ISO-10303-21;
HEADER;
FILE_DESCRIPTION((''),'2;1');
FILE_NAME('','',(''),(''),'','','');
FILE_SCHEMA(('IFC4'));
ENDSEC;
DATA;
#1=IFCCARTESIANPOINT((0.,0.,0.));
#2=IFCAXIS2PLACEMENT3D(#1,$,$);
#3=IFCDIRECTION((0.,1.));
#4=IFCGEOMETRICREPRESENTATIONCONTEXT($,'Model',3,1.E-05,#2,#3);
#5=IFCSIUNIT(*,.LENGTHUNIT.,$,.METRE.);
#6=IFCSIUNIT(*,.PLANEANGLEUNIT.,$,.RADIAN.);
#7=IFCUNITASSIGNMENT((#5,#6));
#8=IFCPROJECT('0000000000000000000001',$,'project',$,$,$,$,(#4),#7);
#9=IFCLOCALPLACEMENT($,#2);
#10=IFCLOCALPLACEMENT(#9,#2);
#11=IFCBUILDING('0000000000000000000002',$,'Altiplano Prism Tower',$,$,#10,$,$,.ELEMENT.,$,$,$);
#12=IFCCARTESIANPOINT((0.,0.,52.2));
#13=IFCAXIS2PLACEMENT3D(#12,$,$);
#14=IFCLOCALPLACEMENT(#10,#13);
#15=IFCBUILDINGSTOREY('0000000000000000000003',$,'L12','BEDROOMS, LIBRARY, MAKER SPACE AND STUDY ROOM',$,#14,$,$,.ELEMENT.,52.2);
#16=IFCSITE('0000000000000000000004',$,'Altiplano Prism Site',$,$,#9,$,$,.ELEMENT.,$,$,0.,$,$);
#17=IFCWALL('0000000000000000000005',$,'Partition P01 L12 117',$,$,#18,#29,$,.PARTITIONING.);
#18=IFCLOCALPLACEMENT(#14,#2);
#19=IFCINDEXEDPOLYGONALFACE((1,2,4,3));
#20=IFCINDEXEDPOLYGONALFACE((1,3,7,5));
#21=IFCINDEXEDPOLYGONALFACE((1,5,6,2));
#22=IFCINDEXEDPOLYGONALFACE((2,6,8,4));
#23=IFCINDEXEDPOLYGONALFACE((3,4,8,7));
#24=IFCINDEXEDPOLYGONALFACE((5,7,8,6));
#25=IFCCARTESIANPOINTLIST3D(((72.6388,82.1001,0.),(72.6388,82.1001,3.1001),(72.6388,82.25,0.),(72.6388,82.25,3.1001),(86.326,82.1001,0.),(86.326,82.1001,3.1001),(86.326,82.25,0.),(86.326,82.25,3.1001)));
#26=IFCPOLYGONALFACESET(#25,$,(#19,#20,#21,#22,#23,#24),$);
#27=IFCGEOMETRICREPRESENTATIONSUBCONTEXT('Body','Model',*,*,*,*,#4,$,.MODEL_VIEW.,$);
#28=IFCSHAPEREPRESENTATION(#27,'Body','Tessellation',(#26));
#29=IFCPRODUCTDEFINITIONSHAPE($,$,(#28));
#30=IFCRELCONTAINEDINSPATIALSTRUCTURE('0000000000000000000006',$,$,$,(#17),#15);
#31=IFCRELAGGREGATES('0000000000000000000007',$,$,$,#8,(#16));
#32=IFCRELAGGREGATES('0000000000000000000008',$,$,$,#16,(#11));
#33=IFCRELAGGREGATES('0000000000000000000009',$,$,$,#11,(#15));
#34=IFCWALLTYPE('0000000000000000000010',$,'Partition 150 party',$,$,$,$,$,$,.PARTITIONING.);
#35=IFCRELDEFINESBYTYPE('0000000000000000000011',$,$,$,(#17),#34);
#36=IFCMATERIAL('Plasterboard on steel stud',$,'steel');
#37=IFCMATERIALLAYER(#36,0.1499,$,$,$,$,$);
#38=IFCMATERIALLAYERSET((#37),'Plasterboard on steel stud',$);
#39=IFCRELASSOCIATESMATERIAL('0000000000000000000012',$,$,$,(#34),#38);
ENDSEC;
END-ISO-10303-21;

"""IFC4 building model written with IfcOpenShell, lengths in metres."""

from ifc_helpers import new_model, si_unit, direction, frame, frame_2d, origin, place, context, subcontext, project, spatial, rectangle, extrude, material, layer, layer_set, type_object, element, save


model = new_model("IFC4")

# Units and contexts
model_context = context("Model", 3, precision=1e-05, world=origin(), true_north=direction((0.0, 1.0)))
body_context = subcontext(model_context, "Body", "Model", "MODEL_VIEW")
ifc_project = project(units=[si_unit("LENGTHUNIT", "METRE"), si_unit("PLANEANGLEUNIT", "RADIAN")], contexts=[model_context])

# Site, building, storey
site_placement = place(None, origin())
site = spatial("IfcSite", under=ifc_project, at=site_placement, Name="Altiplano Prism Site", CompositionType="ELEMENT", RefElevation=0.0)
building_placement = place(site_placement, origin())
building = spatial("IfcBuilding", under=site, at=building_placement, Name="Altiplano Prism Tower", CompositionType="ELEMENT")
storey_placement = place(building_placement, frame((0.0, 0.0, 52.2)))
storey = spatial("IfcBuildingStorey", under=building, at=storey_placement, Name="L12", Description="BEDROOMS, LIBRARY, MAKER SPACE AND STUDY ROOM", CompositionType="ELEMENT", Elevation=52.2)

# Shared definitions
ifc_material_1 = material(Name="Plasterboard on steel stud", Category="steel")

# Wall
ifc_layer_1 = layer(ifc_material_1, 0.1499)
ifc_layer_set_1 = layer_set([ifc_layer_1], Name="Plasterboard on steel stud")
wall_type_1 = type_object("IfcWallType", Name="Partition 150 party", PredefinedType="PARTITIONING", material=ifc_layer_set_1)
wall_1_placement = place(storey_placement, frame((72.6387, 82.175, 0.0), z_axis=(0.0, 0.0, 1.0), x_axis=(1.0, 0.0, 0.0)))
element("IfcWall", 1, at=wall_1_placement, inside=storey, type_object=wall_type_1, Name="Partition P01 L12 117", PredefinedType="PARTITIONING", context=body_context, shape_type="SweptSolid", body=[
    extrude(rectangle(XDim=13.6873, YDim=0.1499, at=frame_2d((6.8438, 0.0))), origin(), (0.0, 0.0, 1.0), 3.1001),
])

save(model, "model.ifc")
